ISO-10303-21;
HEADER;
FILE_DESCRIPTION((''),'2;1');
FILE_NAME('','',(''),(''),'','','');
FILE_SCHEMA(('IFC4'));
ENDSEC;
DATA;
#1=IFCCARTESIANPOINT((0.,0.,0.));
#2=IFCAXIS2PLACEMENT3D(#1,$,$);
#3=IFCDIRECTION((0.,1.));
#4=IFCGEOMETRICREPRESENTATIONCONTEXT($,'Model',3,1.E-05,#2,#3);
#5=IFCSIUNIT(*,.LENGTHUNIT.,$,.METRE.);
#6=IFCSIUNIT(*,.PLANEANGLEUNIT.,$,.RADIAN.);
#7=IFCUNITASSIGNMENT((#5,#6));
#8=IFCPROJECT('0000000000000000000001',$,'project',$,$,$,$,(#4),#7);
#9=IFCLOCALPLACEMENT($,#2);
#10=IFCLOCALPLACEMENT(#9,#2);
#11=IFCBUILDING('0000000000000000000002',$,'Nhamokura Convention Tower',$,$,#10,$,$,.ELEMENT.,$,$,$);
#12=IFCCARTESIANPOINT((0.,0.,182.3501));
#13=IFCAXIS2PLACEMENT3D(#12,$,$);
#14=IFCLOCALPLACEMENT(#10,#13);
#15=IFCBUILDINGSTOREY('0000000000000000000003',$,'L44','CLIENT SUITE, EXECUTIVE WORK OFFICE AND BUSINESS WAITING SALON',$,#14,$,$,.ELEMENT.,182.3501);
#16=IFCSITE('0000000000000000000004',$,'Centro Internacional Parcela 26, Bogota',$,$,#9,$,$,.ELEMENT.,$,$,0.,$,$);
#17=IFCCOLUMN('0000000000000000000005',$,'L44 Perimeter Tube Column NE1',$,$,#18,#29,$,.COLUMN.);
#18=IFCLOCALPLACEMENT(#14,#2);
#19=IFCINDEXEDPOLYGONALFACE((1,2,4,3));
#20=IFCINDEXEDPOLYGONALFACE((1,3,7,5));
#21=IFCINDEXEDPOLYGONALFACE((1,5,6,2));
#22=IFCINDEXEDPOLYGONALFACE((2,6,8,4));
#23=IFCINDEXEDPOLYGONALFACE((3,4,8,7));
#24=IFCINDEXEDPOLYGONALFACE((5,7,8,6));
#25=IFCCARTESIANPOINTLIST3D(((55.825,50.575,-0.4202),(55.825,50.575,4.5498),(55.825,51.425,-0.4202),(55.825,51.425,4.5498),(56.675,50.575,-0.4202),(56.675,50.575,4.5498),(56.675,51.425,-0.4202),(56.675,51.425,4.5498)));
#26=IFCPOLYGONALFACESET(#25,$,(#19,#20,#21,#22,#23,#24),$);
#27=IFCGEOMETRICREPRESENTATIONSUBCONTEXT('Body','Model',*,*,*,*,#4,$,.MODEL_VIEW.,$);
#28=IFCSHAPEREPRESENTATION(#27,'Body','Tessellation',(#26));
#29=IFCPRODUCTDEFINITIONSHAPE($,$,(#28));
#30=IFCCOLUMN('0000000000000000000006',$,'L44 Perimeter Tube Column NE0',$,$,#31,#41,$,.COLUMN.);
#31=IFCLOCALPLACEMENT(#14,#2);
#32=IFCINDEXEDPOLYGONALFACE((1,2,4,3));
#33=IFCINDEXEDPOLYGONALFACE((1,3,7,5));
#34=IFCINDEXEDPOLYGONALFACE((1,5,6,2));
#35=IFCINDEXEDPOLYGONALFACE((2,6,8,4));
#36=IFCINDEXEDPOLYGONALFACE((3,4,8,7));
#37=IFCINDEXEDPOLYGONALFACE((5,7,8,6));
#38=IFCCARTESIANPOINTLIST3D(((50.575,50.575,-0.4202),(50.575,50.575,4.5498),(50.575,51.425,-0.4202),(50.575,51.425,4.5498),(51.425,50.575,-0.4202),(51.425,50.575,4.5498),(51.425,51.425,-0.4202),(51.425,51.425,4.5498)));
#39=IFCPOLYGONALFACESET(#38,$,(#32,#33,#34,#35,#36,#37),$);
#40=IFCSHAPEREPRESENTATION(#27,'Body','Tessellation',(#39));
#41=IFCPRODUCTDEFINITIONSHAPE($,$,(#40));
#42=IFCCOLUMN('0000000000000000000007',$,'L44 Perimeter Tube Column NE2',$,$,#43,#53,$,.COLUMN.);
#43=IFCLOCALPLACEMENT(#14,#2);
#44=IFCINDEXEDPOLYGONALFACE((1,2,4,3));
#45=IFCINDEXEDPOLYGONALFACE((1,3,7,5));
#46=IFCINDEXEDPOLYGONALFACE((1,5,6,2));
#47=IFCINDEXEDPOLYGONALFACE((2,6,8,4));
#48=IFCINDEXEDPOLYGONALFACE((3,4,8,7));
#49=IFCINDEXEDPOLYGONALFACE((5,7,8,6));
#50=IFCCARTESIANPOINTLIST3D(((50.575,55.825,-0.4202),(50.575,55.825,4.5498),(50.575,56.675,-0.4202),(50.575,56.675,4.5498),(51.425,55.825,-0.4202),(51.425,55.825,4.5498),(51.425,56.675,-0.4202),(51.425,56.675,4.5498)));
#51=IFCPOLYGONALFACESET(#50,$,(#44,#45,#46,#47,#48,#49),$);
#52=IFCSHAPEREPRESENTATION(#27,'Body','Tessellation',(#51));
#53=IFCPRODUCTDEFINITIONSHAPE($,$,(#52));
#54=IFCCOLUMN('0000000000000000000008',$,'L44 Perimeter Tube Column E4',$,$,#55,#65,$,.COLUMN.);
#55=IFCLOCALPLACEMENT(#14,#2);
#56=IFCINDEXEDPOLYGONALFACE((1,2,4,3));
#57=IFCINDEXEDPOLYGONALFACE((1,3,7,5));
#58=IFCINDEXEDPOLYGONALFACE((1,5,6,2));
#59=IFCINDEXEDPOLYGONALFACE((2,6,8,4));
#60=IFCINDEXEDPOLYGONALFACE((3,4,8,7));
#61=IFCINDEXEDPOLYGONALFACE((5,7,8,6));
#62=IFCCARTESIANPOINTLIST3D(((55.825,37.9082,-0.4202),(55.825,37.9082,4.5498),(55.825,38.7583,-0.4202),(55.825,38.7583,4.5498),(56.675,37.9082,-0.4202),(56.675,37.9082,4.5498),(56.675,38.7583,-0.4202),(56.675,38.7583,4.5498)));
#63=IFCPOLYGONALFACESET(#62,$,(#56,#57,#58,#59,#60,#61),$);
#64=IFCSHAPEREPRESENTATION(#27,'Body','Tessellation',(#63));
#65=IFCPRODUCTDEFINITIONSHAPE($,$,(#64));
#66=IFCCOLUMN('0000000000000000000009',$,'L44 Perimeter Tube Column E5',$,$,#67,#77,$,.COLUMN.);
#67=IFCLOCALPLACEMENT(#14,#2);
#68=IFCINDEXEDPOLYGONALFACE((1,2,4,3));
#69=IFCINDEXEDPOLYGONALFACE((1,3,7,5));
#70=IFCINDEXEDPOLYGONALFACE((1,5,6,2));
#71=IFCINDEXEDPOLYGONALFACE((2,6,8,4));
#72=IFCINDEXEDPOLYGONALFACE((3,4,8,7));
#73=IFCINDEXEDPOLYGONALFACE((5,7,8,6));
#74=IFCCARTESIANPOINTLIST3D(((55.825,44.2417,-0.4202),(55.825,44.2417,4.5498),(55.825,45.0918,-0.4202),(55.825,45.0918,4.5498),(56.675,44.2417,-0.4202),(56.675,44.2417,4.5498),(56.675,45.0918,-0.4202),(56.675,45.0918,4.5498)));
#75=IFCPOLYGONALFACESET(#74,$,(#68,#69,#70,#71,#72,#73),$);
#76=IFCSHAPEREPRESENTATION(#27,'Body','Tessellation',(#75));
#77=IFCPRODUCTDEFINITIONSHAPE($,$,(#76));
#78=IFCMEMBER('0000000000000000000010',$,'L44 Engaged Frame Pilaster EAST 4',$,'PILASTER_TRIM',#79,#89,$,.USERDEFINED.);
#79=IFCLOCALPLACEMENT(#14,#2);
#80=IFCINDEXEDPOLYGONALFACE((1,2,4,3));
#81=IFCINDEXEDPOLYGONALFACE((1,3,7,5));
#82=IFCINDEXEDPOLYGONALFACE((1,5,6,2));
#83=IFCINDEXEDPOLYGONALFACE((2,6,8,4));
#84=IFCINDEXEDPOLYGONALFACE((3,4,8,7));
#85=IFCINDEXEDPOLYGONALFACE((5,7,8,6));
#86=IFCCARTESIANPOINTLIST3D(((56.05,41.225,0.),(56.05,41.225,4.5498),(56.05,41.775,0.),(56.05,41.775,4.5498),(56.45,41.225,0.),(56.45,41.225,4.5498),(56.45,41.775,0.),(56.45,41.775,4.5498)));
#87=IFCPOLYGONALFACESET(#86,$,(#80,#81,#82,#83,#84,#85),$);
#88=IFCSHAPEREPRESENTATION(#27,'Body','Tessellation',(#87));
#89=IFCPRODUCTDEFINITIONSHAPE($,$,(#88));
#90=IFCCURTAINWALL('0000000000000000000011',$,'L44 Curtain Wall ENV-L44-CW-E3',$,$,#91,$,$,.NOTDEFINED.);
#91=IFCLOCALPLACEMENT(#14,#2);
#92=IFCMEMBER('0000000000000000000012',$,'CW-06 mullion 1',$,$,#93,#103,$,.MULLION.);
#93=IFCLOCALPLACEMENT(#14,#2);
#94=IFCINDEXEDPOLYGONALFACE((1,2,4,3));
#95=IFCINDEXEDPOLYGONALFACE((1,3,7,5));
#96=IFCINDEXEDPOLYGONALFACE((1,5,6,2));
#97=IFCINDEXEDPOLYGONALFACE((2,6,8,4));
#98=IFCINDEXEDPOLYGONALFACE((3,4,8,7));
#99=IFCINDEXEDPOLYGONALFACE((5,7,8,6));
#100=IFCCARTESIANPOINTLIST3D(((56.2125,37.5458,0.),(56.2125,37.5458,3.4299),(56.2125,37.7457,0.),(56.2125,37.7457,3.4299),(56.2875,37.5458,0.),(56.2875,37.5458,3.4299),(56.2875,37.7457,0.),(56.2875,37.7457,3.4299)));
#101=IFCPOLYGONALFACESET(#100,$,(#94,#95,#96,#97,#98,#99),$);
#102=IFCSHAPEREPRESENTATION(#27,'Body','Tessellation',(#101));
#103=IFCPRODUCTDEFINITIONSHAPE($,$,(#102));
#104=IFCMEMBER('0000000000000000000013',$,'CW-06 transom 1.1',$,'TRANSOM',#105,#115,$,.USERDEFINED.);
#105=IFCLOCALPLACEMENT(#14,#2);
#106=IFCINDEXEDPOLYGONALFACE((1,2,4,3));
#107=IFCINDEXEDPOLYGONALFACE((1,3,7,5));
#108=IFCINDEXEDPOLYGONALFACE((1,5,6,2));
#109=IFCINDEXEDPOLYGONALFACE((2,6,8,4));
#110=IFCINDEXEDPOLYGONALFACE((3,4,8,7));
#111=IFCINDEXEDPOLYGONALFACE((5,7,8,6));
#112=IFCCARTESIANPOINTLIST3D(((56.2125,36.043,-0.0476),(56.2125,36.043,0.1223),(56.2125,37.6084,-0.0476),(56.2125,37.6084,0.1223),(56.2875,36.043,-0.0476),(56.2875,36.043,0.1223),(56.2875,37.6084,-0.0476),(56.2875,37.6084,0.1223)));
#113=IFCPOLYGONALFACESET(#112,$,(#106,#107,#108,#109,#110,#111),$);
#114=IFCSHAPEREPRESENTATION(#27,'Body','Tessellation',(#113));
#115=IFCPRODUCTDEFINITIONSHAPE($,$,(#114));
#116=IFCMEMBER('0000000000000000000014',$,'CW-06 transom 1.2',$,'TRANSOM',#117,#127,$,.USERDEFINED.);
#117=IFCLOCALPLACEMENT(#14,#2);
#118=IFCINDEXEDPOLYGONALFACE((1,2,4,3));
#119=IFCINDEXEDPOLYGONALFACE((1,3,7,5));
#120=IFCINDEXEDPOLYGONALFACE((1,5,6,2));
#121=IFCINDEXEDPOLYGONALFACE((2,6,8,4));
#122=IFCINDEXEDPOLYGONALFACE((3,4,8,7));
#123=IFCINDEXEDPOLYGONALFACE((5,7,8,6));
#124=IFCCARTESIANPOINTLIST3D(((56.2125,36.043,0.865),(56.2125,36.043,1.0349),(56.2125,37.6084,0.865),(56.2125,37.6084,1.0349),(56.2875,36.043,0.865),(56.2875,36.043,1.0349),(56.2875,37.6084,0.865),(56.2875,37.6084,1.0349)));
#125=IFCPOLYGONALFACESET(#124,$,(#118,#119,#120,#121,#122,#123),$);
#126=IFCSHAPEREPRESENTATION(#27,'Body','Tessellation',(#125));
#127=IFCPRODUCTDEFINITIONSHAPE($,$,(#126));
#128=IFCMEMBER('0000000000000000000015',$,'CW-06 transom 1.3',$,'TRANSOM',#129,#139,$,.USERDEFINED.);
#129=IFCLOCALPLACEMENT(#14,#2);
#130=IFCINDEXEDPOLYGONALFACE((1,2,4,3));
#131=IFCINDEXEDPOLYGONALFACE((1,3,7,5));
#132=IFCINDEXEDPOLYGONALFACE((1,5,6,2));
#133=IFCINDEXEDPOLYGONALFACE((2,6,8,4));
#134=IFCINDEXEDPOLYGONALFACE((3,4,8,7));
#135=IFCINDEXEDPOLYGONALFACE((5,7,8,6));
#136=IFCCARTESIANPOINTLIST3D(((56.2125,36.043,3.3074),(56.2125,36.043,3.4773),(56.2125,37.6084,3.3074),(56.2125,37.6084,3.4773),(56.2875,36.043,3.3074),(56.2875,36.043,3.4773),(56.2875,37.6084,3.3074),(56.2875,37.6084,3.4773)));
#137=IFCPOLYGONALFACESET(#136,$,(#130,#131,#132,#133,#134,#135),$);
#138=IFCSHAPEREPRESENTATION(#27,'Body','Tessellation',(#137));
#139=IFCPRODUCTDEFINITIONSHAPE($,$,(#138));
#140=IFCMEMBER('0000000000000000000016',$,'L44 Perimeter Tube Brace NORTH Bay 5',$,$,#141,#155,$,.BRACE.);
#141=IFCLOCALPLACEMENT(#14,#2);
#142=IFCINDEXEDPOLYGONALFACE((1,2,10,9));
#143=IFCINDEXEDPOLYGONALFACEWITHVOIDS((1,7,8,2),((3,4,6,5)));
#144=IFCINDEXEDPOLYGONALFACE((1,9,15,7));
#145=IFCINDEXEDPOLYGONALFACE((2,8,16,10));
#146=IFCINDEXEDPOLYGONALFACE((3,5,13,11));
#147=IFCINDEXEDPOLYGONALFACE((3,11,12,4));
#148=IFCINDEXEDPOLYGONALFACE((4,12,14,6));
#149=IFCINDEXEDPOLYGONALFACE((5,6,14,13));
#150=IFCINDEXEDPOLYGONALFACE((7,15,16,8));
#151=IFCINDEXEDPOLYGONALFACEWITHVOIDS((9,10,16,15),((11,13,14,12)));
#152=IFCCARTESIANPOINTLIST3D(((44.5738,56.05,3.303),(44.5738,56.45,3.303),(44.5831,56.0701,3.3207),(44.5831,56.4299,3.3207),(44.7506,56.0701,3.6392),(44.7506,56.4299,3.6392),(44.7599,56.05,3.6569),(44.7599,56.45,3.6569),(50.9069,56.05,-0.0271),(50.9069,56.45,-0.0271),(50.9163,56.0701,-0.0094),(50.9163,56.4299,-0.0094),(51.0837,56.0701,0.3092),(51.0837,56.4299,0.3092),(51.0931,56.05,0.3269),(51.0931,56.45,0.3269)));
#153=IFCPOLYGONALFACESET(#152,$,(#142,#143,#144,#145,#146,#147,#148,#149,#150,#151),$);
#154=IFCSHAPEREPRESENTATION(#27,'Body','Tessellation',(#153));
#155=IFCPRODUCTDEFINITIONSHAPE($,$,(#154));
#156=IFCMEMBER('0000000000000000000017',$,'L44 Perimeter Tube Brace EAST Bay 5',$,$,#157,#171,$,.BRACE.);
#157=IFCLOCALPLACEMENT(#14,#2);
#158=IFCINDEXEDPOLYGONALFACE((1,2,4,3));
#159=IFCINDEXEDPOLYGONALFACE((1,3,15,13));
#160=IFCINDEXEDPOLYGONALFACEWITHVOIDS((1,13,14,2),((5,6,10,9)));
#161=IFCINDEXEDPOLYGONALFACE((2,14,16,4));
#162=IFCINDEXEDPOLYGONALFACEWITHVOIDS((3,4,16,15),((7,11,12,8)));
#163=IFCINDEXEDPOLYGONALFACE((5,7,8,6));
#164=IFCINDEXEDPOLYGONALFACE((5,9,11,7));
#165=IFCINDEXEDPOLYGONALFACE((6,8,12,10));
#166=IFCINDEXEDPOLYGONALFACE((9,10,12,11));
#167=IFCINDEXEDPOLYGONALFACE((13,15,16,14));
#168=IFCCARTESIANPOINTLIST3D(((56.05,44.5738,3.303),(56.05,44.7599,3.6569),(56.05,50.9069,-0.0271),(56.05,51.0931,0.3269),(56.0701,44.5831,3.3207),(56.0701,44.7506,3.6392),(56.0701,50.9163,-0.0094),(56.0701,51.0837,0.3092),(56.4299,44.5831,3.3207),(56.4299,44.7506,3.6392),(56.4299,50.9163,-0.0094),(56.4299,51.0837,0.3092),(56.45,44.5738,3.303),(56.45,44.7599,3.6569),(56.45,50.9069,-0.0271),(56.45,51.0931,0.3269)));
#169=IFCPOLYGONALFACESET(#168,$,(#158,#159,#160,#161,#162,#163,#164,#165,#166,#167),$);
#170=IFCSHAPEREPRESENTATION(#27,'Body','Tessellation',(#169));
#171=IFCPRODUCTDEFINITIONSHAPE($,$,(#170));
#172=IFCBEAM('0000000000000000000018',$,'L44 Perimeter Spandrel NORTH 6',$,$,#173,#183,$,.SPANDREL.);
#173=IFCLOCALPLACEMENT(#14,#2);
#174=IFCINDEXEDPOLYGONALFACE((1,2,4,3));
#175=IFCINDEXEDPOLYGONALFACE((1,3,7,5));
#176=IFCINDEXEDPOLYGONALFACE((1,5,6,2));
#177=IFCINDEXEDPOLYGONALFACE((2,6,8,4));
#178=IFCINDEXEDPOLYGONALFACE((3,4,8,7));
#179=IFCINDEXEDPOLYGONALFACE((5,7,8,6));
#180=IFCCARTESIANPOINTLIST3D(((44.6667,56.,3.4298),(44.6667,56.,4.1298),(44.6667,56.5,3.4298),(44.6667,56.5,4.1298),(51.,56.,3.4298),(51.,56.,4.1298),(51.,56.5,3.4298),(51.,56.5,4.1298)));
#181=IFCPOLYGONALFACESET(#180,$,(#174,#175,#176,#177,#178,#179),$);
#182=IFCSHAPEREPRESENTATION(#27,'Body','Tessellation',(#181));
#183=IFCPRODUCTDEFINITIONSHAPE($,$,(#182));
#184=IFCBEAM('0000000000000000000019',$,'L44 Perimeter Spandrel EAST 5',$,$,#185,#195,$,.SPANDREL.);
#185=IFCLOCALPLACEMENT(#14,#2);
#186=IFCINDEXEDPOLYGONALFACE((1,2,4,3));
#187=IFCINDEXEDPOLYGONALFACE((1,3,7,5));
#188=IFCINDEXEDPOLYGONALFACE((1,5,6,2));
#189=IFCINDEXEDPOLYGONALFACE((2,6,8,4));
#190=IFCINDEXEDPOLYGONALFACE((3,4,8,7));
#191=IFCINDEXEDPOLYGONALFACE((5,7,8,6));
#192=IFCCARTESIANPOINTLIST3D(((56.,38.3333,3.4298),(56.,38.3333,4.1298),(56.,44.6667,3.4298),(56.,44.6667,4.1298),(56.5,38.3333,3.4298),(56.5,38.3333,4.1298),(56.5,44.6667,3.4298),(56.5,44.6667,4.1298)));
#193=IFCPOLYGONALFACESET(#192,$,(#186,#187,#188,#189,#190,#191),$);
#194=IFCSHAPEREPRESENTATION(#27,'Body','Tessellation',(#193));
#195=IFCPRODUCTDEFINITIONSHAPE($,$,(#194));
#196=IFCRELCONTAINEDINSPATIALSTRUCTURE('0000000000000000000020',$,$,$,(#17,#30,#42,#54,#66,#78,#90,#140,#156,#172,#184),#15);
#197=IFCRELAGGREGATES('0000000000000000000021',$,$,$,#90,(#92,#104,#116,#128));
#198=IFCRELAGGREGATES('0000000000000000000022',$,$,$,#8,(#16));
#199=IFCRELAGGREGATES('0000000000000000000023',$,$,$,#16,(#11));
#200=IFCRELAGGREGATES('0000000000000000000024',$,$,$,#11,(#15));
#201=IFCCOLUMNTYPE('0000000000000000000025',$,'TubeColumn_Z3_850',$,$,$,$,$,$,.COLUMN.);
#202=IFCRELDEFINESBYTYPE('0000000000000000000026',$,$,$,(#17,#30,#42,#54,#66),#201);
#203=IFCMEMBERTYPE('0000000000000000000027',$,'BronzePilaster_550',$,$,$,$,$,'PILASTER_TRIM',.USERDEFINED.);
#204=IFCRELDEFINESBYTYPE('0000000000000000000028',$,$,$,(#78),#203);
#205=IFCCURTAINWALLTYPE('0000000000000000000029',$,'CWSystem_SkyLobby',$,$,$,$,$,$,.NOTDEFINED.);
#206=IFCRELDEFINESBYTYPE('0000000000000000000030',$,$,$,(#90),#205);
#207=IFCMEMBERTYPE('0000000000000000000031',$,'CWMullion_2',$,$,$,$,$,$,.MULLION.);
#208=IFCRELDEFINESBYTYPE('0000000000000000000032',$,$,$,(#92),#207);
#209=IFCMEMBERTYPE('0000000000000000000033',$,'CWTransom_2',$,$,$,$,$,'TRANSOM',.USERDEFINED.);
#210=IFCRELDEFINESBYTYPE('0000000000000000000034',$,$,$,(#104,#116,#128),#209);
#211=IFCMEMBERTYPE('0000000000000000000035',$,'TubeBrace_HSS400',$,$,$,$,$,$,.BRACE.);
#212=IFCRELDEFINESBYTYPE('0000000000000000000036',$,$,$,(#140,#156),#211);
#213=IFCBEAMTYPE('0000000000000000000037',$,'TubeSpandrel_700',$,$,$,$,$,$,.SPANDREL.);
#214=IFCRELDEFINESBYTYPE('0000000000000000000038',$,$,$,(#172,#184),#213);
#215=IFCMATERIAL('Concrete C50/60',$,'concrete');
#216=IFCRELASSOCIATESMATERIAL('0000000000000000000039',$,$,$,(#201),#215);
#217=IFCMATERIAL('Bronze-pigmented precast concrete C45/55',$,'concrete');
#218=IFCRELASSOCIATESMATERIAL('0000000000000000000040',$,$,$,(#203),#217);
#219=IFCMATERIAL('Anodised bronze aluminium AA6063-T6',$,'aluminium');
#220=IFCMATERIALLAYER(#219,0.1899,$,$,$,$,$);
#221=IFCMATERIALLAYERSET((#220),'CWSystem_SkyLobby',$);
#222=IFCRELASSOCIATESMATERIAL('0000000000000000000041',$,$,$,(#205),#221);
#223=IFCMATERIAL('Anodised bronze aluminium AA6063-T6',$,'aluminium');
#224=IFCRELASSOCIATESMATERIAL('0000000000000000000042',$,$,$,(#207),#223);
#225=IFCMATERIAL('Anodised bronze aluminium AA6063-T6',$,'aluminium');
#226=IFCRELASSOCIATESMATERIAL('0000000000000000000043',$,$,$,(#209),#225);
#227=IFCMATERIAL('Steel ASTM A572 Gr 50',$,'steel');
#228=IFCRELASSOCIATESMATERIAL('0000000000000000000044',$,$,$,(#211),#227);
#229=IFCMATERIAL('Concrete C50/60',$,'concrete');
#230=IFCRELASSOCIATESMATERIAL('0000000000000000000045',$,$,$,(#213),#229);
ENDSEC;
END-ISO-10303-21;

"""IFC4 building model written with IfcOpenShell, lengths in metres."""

from ifc_helpers import new_model, si_unit, direction, frame, origin, origin_2d, place, context, subcontext, project, spatial, rectangle, hollow_rectangle, extrude, material, layer, layer_set, material_profile, profile_set, type_object, element, aggregate, save


model = new_model("IFC4")

# Units and contexts
model_context = context("Model", 3, precision=1e-05, world=origin(), true_north=direction((0.0, 1.0)))
body_context = subcontext(model_context, "Body", "Model", "MODEL_VIEW")
ifc_project = project(units=[si_unit("LENGTHUNIT", "METRE"), si_unit("PLANEANGLEUNIT", "RADIAN")], contexts=[model_context])

# Site, building, storey
site_placement = place(None, origin())
site = spatial("IfcSite", under=ifc_project, at=site_placement, Name="Centro Internacional Parcela 26, Bogota", CompositionType="ELEMENT", RefElevation=0.0)
building_placement = place(site_placement, origin())
building = spatial("IfcBuilding", under=site, at=building_placement, Name="Nhamokura Convention Tower", CompositionType="ELEMENT")
storey_placement = place(building_placement, frame((0.0, 0.0, 182.3501)))
storey = spatial("IfcBuildingStorey", under=building, at=storey_placement, Name="L44", Description="CLIENT SUITE, EXECUTIVE WORK OFFICE AND BUSINESS WAITING SALON", CompositionType="ELEMENT", Elevation=182.3501)

# Columns
ifc_material_1 = material(Name="Concrete C50/60", Category="concrete")
ifc_material_profile_1 = material_profile(ifc_material_1, rectangle(XDim=0.8501, YDim=0.8501, at=origin_2d()))
ifc_profile_set_1 = profile_set([ifc_material_profile_1], Name="Concrete C50/60")
column_type = type_object("IfcColumnType", Name="TubeColumn_Z3_850", PredefinedType="COLUMN", material=ifc_profile_set_1)
for number, where, z_axis, x_axis, name in (
    (1, (56.25, 51.0, -0.4202), (0.0, 0.0, 1.0), (1.0, 0.0, 0.0), "L44 Perimeter Tube Column NE1"),
    (2, (51.0, 51.0, -0.4202), (0.0, 0.0, 1.0), (1.0, 0.0, 0.0), "L44 Perimeter Tube Column NE0"),
    (3, (51.0, 56.25, -0.4202), (0.0, 0.0, 1.0), (1.0, 0.0, 0.0), "L44 Perimeter Tube Column NE2"),
    (4, (56.25, 38.3333, -0.4202), (0.0, 0.0, 1.0), (1.0, 0.0, 0.0), "L44 Perimeter Tube Column E4"),
    (5, (56.25, 44.6667, -0.4202), (0.0, 0.0, 1.0), (1.0, 0.0, 0.0), "L44 Perimeter Tube Column E5"),
):
    element("IfcColumn", number, at=place(storey_placement, frame(where, z_axis=z_axis, x_axis=x_axis)), inside=storey, type_object=column_type, Name=name, PredefinedType="COLUMN", context=body_context, shape_type="SweptSolid", body=[
        extrude(rectangle(XDim=0.8501, YDim=0.8501, at=origin_2d()), origin(), (0.0, 0.0, 1.0), 4.97),
    ])

# Member
ifc_material_2 = material(Name="Bronze-pigmented precast concrete C45/55", Category="concrete")
ifc_material_profile_2 = material_profile(ifc_material_2, rectangle(XDim=0.3999, YDim=0.55, at=origin_2d()))
ifc_profile_set_2 = profile_set([ifc_material_profile_2], Name="Bronze-pigmented precast concrete C45/55")
member_type_1 = type_object("IfcMemberType", Name="BronzePilaster_550", ElementType="PILASTER_TRIM", PredefinedType="USERDEFINED", material=ifc_profile_set_2)
member_1_placement = place(storey_placement, frame((56.25, 41.5, 0.0), z_axis=(0.0, 0.0, 1.0), x_axis=(1.0, 0.0, 0.0)))
element("IfcMember", 6, at=member_1_placement, inside=storey, type_object=member_type_1, Name="L44 Engaged Frame Pilaster EAST 4", ObjectType="PILASTER_TRIM", PredefinedType="USERDEFINED", context=body_context, shape_type="SweptSolid", body=[
    extrude(rectangle(XDim=0.3999, YDim=0.55, at=origin_2d()), origin(), (0.0, 0.0, 1.0), 4.5498),
])

# Curtain wall, members
ifc_material_3 = material(Name="Anodised bronze aluminium AA6063-T6", Category="aluminium")
ifc_layer_1 = layer(ifc_material_3, 0.1899)
ifc_layer_set_1 = layer_set([ifc_layer_1], Name="CWSystem_SkyLobby")
curtain_wall_type = type_object("IfcCurtainWallType", Name="CWSystem_SkyLobby", PredefinedType="NOTDEFINED", material=ifc_layer_set_1)
curtain_wall_placement = place(storey_placement, origin())
curtain_wall = element("IfcCurtainWall", 7, at=curtain_wall_placement, inside=storey, type_object=curtain_wall_type, Name="L44 Curtain Wall ENV-L44-CW-E3", PredefinedType="NOTDEFINED")
ifc_material_4 = material(Name="Anodised bronze aluminium AA6063-T6", Category="aluminium")
ifc_material_profile_3 = material_profile(ifc_material_4, rectangle(XDim=0.075, YDim=0.2, at=origin_2d()))
ifc_profile_set_3 = profile_set([ifc_material_profile_3], Name="Anodised bronze aluminium AA6063-T6")
member_type_2 = type_object("IfcMemberType", Name="CWMullion_2", PredefinedType="MULLION", material=ifc_profile_set_3)
member_2_placement = place(storey_placement, frame((56.25, 37.6458, 0.0), z_axis=(0.0, 0.0, 1.0), x_axis=(1.0, 0.0, 0.0)))
member_2 = element("IfcMember", 8, at=member_2_placement, type_object=member_type_2, Name="CW-06 mullion 1", PredefinedType="MULLION", context=body_context, shape_type="SweptSolid", body=[
    extrude(rectangle(XDim=0.075, YDim=0.2, at=origin_2d()), origin(), (0.0, 0.0, 1.0), 3.4299),
])
ifc_material_5 = material(Name="Anodised bronze aluminium AA6063-T6", Category="aluminium")
ifc_material_profile_4 = material_profile(ifc_material_5, rectangle(XDim=0.075, YDim=0.1699, at=origin_2d()))
ifc_profile_set_4 = profile_set([ifc_material_profile_4], Name="Anodised bronze aluminium AA6063-T6")
member_type_3 = type_object("IfcMemberType", Name="CWTransom_2", ElementType="TRANSOM", PredefinedType="USERDEFINED", material=ifc_profile_set_4)
member_3_placement = place(storey_placement, frame((56.25, 37.6084, 0.0374), z_axis=(0.0, -1.0, 0.0), x_axis=(1.0, 0.0, 0.0)))
member_3 = element("IfcMember", 9, at=member_3_placement, type_object=member_type_3, Name="CW-06 transom 1.1", ObjectType="TRANSOM", PredefinedType="USERDEFINED", context=body_context, shape_type="SweptSolid", body=[
    extrude(rectangle(XDim=0.075, YDim=0.1699, at=origin_2d()), origin(), (0.0, 0.0, 1.0), 1.5654),
])
member_4_placement = place(storey_placement, frame((56.25, 37.6084, 0.95), z_axis=(0.0, -1.0, 0.0), x_axis=(1.0, 0.0, 0.0)))
member_4 = element("IfcMember", 10, at=member_4_placement, type_object=member_type_3, Name="CW-06 transom 1.2", ObjectType="TRANSOM", PredefinedType="USERDEFINED", context=body_context, shape_type="SweptSolid", body=[
    extrude(rectangle(XDim=0.075, YDim=0.1699, at=origin_2d()), origin(), (0.0, 0.0, 1.0), 1.5654),
])
member_5_placement = place(storey_placement, frame((56.25, 37.6084, 3.3923), z_axis=(0.0, -1.0, 0.0), x_axis=(1.0, 0.0, 0.0)))
member_5 = element("IfcMember", 11, at=member_5_placement, type_object=member_type_3, Name="CW-06 transom 1.3", ObjectType="TRANSOM", PredefinedType="USERDEFINED", context=body_context, shape_type="SweptSolid", body=[
    extrude(rectangle(XDim=0.075, YDim=0.1699, at=origin_2d()), origin(), (0.0, 0.0, 1.0), 1.5654),
])
aggregate(curtain_wall, [member_2, member_3, member_4, member_5])

# Members
ifc_material_6 = material(Name="Steel ASTM A572 Gr 50", Category="steel")
ifc_material_profile_5 = material_profile(ifc_material_6, hollow_rectangle(XDim=0.3999, YDim=0.3999, WallThickness=0.02, at=origin_2d()))
ifc_profile_set_5 = profile_set([ifc_material_profile_5], Name="Steel ASTM A572 Gr 50")
member_type_4 = type_object("IfcMemberType", Name="TubeBrace_HSS400", PredefinedType="BRACE", material=ifc_profile_set_5)
for number, where, z_axis, x_axis, name in (
    (12, (51.0, 56.25, 0.1499), (-0.885103, 0.0, 0.465395), (0.0, -1.0, 0.0), "L44 Perimeter Tube Brace NORTH Bay 5"),
    (13, (56.25, 51.0, 0.1499), (0.0, -0.885103, 0.465395), (1.0, 0.0, 0.0), "L44 Perimeter Tube Brace EAST Bay 5"),
):
    element("IfcMember", number, at=place(storey_placement, frame(where, z_axis=z_axis, x_axis=x_axis)), inside=storey, type_object=member_type_4, Name=name, PredefinedType="BRACE", context=body_context, shape_type="SweptSolid", body=[
        extrude(hollow_rectangle(XDim=0.3999, YDim=0.3999, WallThickness=0.02, at=origin_2d()), origin(), (0.0, 0.0, 1.0), 7.1553),
    ])

# Beams
ifc_material_7 = material(Name="Concrete C50/60", Category="concrete")
ifc_material_profile_6 = material_profile(ifc_material_7, rectangle(XDim=0.5, YDim=0.7, at=origin_2d()))
ifc_profile_set_6 = profile_set([ifc_material_profile_6], Name="Concrete C50/60")
beam_type = type_object("IfcBeamType", Name="TubeSpandrel_700", PredefinedType="SPANDREL", material=ifc_profile_set_6)
beam_1_placement = place(storey_placement, frame((44.6667, 56.25, 3.7798), z_axis=(1.0, 0.0, 0.0), x_axis=(0.0, 1.0, 0.0)))
element("IfcBeam", 14, at=beam_1_placement, inside=storey, type_object=beam_type, Name="L44 Perimeter Spandrel NORTH 6", PredefinedType="SPANDREL", context=body_context, shape_type="SweptSolid", body=[
    extrude(rectangle(XDim=0.5, YDim=0.7, at=origin_2d()), origin(), (0.0, 0.0, 1.0), 6.3333),
])
beam_2_placement = place(storey_placement, frame((56.25, 38.3333, 3.7798), z_axis=(0.0, 1.0, 0.0), x_axis=(-1.0, 0.0, 0.0)))
element("IfcBeam", 15, at=beam_2_placement, inside=storey, type_object=beam_type, Name="L44 Perimeter Spandrel EAST 5", PredefinedType="SPANDREL", context=body_context, shape_type="SweptSolid", body=[
    extrude(rectangle(XDim=0.5, YDim=0.7, at=origin_2d()), origin(), (0.0, 0.0, 1.0), 6.3335),
])

save(model, "model.ifc")
